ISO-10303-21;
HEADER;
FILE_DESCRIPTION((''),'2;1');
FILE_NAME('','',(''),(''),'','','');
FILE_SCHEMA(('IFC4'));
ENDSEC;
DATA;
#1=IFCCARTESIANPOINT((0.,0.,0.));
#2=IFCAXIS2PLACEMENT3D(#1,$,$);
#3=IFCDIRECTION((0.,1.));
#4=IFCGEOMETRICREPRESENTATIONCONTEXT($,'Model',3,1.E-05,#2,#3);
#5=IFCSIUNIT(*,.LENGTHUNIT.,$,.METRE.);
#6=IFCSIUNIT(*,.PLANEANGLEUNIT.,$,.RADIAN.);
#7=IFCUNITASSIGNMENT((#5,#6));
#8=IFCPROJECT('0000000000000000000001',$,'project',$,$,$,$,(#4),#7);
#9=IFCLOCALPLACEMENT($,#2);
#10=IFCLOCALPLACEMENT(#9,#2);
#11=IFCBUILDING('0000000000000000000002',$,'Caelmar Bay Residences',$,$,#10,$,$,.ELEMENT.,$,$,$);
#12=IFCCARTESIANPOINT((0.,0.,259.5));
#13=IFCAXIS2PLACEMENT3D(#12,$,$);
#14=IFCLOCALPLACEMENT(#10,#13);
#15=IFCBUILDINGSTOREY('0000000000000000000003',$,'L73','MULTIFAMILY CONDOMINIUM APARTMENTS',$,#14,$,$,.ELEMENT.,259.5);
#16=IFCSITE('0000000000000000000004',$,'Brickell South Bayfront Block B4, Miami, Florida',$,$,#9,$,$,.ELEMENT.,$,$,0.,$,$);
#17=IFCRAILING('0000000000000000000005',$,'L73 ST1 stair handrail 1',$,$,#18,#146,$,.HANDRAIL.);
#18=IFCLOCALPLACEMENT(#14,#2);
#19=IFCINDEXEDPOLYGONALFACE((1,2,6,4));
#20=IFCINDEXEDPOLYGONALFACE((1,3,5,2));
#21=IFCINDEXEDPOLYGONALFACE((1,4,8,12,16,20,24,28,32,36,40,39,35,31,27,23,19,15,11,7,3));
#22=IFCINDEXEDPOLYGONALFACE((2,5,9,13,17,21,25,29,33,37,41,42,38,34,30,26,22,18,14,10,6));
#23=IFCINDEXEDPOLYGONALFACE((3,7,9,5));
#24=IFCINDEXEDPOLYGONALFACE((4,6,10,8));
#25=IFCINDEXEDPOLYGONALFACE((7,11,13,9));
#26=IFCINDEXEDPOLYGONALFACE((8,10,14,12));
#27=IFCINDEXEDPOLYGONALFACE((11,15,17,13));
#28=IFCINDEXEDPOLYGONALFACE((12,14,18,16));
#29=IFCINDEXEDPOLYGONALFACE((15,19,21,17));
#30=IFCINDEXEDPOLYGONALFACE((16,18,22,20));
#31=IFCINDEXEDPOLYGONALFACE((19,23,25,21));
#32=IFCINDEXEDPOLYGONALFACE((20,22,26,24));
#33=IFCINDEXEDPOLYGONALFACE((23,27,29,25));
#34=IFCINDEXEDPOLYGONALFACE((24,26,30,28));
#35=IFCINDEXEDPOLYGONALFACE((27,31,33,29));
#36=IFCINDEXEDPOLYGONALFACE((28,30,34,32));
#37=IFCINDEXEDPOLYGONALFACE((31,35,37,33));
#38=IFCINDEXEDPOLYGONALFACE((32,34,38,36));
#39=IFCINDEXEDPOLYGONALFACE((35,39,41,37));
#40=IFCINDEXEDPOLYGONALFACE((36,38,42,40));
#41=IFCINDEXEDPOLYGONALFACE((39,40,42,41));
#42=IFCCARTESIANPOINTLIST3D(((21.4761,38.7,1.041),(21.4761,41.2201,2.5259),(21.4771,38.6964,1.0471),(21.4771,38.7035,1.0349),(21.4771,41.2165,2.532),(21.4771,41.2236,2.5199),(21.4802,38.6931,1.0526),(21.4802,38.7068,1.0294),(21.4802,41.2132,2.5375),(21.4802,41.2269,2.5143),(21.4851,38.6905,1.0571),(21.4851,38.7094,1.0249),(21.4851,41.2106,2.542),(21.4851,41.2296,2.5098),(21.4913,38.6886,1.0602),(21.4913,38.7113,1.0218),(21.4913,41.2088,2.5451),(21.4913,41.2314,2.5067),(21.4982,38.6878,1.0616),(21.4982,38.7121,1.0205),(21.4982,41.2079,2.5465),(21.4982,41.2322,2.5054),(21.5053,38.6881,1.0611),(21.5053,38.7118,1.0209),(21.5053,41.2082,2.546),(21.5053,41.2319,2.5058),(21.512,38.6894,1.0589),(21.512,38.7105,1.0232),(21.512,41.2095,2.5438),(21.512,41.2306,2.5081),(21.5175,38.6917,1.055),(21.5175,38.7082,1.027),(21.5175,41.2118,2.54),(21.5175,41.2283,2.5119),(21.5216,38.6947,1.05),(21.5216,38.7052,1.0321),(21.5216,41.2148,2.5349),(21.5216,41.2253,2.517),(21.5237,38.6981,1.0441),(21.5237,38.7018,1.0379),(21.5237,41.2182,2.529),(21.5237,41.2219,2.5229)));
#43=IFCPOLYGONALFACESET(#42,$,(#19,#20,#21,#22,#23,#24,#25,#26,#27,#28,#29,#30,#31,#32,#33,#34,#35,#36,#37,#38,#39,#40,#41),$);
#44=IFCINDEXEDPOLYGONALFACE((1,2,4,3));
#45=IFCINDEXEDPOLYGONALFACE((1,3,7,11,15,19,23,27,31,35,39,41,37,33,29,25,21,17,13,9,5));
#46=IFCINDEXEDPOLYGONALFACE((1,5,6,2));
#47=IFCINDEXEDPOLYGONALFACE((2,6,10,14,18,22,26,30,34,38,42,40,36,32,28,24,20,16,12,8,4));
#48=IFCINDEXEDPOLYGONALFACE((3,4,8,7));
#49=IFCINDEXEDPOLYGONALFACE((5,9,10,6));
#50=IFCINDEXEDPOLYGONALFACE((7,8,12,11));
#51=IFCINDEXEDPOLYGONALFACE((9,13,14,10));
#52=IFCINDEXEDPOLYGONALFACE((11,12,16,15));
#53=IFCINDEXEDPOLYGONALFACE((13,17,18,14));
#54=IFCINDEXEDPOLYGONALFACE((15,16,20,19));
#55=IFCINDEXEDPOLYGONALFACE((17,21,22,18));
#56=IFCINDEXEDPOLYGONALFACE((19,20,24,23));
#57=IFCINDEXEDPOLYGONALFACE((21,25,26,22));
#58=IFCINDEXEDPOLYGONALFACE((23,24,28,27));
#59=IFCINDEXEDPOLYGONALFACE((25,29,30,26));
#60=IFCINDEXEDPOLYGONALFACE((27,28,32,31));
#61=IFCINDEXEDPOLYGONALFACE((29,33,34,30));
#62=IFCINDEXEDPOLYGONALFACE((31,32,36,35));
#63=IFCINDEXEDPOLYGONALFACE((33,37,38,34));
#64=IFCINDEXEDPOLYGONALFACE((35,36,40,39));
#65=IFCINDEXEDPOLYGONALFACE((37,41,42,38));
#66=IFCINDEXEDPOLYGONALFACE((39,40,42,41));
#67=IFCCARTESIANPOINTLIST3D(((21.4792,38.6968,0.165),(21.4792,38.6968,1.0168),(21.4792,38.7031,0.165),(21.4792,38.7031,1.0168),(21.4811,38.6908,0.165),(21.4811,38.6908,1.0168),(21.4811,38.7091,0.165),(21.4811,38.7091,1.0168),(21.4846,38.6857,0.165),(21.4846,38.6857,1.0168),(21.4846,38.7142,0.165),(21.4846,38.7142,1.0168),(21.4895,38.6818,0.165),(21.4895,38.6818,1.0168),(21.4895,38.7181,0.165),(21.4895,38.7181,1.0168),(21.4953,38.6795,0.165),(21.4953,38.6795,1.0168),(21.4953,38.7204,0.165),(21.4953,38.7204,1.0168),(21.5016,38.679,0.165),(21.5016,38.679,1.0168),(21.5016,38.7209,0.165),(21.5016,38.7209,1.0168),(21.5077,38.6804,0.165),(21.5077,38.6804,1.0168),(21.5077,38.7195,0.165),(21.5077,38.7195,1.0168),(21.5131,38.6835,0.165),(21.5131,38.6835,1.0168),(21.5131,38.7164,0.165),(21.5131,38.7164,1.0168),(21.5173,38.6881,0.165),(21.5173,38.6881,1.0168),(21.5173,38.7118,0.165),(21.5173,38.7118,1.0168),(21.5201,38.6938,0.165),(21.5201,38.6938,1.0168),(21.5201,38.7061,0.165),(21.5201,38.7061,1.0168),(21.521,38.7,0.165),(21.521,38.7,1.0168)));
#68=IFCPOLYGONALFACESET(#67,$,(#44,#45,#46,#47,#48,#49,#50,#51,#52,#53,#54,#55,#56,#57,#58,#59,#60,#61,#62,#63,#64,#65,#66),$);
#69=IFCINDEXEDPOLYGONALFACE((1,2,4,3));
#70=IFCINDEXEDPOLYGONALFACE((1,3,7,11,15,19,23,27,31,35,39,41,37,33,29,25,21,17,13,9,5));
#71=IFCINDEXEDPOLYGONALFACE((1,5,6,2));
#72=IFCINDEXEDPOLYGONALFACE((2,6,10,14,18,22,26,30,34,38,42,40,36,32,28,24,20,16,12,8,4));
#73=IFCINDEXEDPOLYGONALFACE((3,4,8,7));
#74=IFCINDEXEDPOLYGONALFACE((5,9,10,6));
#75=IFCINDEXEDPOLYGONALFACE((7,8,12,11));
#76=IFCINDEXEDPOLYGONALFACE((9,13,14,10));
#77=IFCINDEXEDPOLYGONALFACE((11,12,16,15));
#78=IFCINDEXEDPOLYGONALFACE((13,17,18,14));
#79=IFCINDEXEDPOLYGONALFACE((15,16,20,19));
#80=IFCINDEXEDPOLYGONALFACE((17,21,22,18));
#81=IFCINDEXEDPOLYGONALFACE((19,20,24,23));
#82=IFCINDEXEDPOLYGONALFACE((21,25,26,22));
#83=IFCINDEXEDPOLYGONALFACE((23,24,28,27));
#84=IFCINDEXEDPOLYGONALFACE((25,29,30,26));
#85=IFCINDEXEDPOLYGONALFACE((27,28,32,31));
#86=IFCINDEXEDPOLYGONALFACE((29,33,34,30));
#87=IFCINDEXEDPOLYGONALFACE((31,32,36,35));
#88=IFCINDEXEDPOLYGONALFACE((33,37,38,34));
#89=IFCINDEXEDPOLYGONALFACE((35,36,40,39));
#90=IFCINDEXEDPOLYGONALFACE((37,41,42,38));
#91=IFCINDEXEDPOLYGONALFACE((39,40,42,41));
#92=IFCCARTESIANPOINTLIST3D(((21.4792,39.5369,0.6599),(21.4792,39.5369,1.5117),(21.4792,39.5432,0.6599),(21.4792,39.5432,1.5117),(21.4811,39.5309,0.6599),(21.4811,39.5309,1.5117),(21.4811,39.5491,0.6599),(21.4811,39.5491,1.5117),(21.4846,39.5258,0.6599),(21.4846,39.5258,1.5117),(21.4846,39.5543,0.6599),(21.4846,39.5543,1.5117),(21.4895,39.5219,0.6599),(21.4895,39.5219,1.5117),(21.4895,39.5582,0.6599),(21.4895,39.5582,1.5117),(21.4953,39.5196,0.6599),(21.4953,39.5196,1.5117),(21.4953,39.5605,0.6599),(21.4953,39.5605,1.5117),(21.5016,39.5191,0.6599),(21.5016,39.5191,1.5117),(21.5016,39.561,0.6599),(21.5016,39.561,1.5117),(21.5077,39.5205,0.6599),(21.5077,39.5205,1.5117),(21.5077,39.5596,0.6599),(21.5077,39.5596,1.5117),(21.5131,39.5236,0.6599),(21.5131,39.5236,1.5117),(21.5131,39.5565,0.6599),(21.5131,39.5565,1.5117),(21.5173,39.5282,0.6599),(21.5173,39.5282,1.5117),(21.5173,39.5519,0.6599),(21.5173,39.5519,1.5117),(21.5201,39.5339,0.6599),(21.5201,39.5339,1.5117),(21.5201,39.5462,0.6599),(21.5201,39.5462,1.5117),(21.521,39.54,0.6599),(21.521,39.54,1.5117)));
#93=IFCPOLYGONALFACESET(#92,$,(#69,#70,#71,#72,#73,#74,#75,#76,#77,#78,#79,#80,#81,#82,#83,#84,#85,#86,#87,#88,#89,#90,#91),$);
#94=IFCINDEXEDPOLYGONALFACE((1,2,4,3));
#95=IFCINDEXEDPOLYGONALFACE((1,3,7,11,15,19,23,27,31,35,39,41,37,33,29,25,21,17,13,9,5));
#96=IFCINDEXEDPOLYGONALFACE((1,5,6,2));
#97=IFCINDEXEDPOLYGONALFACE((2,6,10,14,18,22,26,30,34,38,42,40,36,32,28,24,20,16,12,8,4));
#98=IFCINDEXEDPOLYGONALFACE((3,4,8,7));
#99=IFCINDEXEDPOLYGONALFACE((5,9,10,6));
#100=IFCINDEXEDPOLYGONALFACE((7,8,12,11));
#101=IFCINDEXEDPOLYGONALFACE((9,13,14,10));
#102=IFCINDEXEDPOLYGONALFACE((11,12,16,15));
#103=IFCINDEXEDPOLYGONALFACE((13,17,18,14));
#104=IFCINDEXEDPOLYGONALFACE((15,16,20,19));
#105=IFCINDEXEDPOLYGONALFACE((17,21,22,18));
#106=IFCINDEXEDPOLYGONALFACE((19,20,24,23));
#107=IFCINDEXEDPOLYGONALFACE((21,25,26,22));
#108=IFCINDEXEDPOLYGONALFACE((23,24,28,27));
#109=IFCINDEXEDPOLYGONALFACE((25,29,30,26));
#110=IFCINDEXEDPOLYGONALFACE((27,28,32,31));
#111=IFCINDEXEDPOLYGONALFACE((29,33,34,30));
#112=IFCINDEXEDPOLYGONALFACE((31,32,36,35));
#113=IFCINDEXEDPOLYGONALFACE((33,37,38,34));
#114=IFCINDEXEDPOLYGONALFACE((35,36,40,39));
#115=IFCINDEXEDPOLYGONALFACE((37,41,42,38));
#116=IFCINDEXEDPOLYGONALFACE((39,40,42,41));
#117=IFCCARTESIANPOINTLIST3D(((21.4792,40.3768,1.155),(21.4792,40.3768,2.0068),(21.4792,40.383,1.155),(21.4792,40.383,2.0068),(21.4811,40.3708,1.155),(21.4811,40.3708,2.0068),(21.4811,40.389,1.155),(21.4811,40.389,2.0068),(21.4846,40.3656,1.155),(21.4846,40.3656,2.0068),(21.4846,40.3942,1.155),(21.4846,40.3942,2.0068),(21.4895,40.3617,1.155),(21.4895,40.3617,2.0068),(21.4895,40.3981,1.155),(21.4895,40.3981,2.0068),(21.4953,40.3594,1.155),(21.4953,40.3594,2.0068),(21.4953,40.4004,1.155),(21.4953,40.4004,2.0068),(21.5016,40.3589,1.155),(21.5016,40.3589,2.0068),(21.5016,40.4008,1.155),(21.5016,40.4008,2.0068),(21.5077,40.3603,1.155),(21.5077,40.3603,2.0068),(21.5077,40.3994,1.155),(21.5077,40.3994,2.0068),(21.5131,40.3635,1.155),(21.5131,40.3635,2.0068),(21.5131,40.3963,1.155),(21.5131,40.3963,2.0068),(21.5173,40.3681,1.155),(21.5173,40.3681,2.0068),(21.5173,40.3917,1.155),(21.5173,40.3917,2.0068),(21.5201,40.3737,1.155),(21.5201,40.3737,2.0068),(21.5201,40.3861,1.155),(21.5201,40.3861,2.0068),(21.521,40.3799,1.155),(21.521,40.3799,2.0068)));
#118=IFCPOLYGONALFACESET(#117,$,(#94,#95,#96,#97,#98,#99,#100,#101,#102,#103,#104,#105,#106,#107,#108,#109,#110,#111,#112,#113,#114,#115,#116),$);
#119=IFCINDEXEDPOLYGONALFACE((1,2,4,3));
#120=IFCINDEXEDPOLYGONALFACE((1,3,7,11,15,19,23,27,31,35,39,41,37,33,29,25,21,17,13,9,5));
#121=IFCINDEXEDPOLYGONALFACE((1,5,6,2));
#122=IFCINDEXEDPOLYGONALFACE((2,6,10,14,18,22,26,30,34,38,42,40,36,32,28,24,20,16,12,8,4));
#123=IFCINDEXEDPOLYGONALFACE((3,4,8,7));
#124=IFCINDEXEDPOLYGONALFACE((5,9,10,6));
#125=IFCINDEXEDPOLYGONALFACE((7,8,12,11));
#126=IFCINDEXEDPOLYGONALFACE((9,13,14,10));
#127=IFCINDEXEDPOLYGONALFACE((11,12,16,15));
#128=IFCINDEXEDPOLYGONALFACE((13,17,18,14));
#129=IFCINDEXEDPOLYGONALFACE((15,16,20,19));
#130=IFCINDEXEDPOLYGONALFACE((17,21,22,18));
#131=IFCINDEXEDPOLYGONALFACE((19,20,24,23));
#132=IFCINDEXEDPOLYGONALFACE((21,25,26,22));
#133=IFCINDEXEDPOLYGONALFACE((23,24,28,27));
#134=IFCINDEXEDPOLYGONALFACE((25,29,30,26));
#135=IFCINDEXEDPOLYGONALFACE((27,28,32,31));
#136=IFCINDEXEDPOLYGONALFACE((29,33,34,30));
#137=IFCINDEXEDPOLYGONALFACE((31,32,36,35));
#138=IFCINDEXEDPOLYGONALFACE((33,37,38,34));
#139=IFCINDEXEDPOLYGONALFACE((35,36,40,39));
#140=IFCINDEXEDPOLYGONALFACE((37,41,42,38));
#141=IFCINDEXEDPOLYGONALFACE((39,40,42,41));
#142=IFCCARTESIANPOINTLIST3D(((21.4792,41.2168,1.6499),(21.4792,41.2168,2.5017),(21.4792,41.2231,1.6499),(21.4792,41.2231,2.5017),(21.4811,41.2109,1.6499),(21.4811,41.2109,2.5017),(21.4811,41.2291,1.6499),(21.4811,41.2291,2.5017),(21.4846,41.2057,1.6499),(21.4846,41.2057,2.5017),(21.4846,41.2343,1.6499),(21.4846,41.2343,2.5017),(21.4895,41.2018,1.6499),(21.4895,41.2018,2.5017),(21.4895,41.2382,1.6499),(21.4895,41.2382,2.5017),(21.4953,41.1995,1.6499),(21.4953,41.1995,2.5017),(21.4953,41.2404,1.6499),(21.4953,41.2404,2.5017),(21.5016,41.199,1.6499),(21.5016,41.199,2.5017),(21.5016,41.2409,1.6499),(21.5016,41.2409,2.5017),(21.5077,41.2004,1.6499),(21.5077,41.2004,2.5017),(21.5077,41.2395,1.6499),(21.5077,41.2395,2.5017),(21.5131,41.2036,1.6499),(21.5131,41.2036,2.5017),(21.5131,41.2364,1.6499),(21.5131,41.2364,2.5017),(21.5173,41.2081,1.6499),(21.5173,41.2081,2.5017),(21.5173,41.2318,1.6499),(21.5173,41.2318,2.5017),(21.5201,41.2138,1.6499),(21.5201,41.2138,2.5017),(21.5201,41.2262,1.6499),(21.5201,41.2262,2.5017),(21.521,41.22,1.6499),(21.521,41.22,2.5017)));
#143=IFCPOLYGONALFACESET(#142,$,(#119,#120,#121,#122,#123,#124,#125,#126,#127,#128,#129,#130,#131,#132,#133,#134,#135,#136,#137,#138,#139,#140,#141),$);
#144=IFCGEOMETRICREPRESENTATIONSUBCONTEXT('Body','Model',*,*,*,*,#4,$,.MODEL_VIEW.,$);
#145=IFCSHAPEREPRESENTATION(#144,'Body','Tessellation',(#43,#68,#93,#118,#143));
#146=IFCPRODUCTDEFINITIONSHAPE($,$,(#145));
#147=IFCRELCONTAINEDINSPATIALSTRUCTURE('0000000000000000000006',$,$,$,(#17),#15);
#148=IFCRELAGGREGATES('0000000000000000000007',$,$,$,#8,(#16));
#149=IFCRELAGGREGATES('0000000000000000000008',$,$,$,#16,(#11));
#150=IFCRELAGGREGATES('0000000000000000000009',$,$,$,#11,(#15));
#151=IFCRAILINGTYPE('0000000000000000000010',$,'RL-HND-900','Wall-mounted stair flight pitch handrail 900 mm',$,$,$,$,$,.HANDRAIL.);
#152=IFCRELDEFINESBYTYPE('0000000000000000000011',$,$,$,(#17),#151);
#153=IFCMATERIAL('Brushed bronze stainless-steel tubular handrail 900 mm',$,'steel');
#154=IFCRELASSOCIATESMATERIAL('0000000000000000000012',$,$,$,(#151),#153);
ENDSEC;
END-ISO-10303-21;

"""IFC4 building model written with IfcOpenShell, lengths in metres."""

from ifc_helpers import new_model, si_unit, direction, frame, origin, origin_2d, place, context, subcontext, project, spatial, circle, extrude, material, type_object, element, save


model = new_model("IFC4")

# Units and contexts
model_context = context("Model", 3, precision=1e-05, world=origin(), true_north=direction((0.0, 1.0)))
body_context = subcontext(model_context, "Body", "Model", "MODEL_VIEW")
ifc_project = project(units=[si_unit("LENGTHUNIT", "METRE"), si_unit("PLANEANGLEUNIT", "RADIAN")], contexts=[model_context])

# Site, building, storey
site_placement = place(None, origin())
site = spatial("IfcSite", under=ifc_project, at=site_placement, Name="Brickell South Bayfront Block B4, Miami, Florida", CompositionType="ELEMENT", RefElevation=0.0)
building_placement = place(site_placement, origin())
building = spatial("IfcBuilding", under=site, at=building_placement, Name="Caelmar Bay Residences", CompositionType="ELEMENT")
storey_placement = place(building_placement, frame((0.0, 0.0, 259.5)))
storey = spatial("IfcBuildingStorey", under=building, at=storey_placement, Name="L73", Description="MULTIFAMILY CONDOMINIUM APARTMENTS", CompositionType="ELEMENT", Elevation=259.5)

# Railing
ifc_material_1 = material(Name="Brushed bronze stainless-steel tubular handrail 900 mm", Category="steel")
railing_type_1 = type_object("IfcRailingType", Name="RL-HND-900", Description="Wall-mounted stair flight pitch handrail 900 mm", PredefinedType="HANDRAIL", material=ifc_material_1)
railing_1_placement = place(storey_placement, frame((21.5, 38.7, 0.165)))
element("IfcRailing", 1, at=railing_1_placement, inside=storey, type_object=railing_type_1, Name="L73 ST1 stair handrail 1", PredefinedType="HANDRAIL", context=body_context, shape_type="SweptSolid", body=[
    extrude(circle(Radius=0.0239, at=origin_2d()), frame((0.0, 0.0, 0.876), z_axis=(0.0, 0.861561, 0.507655), x_axis=(-1.0, 0.0, 0.0)), (0.0, 0.0, 1.0), 2.925),
    extrude(circle(Radius=0.021, at=origin_2d()), origin(), (0.0, 0.0, 1.0), 0.8518),
    extrude(circle(Radius=0.021, at=origin_2d()), frame((0.0, 0.8401, 0.4949)), (0.0, 0.0, 1.0), 0.8518),
    extrude(circle(Radius=0.021, at=origin_2d()), frame((0.0, 1.6799, 0.99)), (0.0, 0.0, 1.0), 0.8518),
    extrude(circle(Radius=0.021, at=origin_2d()), frame((0.0, 2.52, 1.4849)), (0.0, 0.0, 1.0), 0.8518),
])

save(model, "model.ifc")
